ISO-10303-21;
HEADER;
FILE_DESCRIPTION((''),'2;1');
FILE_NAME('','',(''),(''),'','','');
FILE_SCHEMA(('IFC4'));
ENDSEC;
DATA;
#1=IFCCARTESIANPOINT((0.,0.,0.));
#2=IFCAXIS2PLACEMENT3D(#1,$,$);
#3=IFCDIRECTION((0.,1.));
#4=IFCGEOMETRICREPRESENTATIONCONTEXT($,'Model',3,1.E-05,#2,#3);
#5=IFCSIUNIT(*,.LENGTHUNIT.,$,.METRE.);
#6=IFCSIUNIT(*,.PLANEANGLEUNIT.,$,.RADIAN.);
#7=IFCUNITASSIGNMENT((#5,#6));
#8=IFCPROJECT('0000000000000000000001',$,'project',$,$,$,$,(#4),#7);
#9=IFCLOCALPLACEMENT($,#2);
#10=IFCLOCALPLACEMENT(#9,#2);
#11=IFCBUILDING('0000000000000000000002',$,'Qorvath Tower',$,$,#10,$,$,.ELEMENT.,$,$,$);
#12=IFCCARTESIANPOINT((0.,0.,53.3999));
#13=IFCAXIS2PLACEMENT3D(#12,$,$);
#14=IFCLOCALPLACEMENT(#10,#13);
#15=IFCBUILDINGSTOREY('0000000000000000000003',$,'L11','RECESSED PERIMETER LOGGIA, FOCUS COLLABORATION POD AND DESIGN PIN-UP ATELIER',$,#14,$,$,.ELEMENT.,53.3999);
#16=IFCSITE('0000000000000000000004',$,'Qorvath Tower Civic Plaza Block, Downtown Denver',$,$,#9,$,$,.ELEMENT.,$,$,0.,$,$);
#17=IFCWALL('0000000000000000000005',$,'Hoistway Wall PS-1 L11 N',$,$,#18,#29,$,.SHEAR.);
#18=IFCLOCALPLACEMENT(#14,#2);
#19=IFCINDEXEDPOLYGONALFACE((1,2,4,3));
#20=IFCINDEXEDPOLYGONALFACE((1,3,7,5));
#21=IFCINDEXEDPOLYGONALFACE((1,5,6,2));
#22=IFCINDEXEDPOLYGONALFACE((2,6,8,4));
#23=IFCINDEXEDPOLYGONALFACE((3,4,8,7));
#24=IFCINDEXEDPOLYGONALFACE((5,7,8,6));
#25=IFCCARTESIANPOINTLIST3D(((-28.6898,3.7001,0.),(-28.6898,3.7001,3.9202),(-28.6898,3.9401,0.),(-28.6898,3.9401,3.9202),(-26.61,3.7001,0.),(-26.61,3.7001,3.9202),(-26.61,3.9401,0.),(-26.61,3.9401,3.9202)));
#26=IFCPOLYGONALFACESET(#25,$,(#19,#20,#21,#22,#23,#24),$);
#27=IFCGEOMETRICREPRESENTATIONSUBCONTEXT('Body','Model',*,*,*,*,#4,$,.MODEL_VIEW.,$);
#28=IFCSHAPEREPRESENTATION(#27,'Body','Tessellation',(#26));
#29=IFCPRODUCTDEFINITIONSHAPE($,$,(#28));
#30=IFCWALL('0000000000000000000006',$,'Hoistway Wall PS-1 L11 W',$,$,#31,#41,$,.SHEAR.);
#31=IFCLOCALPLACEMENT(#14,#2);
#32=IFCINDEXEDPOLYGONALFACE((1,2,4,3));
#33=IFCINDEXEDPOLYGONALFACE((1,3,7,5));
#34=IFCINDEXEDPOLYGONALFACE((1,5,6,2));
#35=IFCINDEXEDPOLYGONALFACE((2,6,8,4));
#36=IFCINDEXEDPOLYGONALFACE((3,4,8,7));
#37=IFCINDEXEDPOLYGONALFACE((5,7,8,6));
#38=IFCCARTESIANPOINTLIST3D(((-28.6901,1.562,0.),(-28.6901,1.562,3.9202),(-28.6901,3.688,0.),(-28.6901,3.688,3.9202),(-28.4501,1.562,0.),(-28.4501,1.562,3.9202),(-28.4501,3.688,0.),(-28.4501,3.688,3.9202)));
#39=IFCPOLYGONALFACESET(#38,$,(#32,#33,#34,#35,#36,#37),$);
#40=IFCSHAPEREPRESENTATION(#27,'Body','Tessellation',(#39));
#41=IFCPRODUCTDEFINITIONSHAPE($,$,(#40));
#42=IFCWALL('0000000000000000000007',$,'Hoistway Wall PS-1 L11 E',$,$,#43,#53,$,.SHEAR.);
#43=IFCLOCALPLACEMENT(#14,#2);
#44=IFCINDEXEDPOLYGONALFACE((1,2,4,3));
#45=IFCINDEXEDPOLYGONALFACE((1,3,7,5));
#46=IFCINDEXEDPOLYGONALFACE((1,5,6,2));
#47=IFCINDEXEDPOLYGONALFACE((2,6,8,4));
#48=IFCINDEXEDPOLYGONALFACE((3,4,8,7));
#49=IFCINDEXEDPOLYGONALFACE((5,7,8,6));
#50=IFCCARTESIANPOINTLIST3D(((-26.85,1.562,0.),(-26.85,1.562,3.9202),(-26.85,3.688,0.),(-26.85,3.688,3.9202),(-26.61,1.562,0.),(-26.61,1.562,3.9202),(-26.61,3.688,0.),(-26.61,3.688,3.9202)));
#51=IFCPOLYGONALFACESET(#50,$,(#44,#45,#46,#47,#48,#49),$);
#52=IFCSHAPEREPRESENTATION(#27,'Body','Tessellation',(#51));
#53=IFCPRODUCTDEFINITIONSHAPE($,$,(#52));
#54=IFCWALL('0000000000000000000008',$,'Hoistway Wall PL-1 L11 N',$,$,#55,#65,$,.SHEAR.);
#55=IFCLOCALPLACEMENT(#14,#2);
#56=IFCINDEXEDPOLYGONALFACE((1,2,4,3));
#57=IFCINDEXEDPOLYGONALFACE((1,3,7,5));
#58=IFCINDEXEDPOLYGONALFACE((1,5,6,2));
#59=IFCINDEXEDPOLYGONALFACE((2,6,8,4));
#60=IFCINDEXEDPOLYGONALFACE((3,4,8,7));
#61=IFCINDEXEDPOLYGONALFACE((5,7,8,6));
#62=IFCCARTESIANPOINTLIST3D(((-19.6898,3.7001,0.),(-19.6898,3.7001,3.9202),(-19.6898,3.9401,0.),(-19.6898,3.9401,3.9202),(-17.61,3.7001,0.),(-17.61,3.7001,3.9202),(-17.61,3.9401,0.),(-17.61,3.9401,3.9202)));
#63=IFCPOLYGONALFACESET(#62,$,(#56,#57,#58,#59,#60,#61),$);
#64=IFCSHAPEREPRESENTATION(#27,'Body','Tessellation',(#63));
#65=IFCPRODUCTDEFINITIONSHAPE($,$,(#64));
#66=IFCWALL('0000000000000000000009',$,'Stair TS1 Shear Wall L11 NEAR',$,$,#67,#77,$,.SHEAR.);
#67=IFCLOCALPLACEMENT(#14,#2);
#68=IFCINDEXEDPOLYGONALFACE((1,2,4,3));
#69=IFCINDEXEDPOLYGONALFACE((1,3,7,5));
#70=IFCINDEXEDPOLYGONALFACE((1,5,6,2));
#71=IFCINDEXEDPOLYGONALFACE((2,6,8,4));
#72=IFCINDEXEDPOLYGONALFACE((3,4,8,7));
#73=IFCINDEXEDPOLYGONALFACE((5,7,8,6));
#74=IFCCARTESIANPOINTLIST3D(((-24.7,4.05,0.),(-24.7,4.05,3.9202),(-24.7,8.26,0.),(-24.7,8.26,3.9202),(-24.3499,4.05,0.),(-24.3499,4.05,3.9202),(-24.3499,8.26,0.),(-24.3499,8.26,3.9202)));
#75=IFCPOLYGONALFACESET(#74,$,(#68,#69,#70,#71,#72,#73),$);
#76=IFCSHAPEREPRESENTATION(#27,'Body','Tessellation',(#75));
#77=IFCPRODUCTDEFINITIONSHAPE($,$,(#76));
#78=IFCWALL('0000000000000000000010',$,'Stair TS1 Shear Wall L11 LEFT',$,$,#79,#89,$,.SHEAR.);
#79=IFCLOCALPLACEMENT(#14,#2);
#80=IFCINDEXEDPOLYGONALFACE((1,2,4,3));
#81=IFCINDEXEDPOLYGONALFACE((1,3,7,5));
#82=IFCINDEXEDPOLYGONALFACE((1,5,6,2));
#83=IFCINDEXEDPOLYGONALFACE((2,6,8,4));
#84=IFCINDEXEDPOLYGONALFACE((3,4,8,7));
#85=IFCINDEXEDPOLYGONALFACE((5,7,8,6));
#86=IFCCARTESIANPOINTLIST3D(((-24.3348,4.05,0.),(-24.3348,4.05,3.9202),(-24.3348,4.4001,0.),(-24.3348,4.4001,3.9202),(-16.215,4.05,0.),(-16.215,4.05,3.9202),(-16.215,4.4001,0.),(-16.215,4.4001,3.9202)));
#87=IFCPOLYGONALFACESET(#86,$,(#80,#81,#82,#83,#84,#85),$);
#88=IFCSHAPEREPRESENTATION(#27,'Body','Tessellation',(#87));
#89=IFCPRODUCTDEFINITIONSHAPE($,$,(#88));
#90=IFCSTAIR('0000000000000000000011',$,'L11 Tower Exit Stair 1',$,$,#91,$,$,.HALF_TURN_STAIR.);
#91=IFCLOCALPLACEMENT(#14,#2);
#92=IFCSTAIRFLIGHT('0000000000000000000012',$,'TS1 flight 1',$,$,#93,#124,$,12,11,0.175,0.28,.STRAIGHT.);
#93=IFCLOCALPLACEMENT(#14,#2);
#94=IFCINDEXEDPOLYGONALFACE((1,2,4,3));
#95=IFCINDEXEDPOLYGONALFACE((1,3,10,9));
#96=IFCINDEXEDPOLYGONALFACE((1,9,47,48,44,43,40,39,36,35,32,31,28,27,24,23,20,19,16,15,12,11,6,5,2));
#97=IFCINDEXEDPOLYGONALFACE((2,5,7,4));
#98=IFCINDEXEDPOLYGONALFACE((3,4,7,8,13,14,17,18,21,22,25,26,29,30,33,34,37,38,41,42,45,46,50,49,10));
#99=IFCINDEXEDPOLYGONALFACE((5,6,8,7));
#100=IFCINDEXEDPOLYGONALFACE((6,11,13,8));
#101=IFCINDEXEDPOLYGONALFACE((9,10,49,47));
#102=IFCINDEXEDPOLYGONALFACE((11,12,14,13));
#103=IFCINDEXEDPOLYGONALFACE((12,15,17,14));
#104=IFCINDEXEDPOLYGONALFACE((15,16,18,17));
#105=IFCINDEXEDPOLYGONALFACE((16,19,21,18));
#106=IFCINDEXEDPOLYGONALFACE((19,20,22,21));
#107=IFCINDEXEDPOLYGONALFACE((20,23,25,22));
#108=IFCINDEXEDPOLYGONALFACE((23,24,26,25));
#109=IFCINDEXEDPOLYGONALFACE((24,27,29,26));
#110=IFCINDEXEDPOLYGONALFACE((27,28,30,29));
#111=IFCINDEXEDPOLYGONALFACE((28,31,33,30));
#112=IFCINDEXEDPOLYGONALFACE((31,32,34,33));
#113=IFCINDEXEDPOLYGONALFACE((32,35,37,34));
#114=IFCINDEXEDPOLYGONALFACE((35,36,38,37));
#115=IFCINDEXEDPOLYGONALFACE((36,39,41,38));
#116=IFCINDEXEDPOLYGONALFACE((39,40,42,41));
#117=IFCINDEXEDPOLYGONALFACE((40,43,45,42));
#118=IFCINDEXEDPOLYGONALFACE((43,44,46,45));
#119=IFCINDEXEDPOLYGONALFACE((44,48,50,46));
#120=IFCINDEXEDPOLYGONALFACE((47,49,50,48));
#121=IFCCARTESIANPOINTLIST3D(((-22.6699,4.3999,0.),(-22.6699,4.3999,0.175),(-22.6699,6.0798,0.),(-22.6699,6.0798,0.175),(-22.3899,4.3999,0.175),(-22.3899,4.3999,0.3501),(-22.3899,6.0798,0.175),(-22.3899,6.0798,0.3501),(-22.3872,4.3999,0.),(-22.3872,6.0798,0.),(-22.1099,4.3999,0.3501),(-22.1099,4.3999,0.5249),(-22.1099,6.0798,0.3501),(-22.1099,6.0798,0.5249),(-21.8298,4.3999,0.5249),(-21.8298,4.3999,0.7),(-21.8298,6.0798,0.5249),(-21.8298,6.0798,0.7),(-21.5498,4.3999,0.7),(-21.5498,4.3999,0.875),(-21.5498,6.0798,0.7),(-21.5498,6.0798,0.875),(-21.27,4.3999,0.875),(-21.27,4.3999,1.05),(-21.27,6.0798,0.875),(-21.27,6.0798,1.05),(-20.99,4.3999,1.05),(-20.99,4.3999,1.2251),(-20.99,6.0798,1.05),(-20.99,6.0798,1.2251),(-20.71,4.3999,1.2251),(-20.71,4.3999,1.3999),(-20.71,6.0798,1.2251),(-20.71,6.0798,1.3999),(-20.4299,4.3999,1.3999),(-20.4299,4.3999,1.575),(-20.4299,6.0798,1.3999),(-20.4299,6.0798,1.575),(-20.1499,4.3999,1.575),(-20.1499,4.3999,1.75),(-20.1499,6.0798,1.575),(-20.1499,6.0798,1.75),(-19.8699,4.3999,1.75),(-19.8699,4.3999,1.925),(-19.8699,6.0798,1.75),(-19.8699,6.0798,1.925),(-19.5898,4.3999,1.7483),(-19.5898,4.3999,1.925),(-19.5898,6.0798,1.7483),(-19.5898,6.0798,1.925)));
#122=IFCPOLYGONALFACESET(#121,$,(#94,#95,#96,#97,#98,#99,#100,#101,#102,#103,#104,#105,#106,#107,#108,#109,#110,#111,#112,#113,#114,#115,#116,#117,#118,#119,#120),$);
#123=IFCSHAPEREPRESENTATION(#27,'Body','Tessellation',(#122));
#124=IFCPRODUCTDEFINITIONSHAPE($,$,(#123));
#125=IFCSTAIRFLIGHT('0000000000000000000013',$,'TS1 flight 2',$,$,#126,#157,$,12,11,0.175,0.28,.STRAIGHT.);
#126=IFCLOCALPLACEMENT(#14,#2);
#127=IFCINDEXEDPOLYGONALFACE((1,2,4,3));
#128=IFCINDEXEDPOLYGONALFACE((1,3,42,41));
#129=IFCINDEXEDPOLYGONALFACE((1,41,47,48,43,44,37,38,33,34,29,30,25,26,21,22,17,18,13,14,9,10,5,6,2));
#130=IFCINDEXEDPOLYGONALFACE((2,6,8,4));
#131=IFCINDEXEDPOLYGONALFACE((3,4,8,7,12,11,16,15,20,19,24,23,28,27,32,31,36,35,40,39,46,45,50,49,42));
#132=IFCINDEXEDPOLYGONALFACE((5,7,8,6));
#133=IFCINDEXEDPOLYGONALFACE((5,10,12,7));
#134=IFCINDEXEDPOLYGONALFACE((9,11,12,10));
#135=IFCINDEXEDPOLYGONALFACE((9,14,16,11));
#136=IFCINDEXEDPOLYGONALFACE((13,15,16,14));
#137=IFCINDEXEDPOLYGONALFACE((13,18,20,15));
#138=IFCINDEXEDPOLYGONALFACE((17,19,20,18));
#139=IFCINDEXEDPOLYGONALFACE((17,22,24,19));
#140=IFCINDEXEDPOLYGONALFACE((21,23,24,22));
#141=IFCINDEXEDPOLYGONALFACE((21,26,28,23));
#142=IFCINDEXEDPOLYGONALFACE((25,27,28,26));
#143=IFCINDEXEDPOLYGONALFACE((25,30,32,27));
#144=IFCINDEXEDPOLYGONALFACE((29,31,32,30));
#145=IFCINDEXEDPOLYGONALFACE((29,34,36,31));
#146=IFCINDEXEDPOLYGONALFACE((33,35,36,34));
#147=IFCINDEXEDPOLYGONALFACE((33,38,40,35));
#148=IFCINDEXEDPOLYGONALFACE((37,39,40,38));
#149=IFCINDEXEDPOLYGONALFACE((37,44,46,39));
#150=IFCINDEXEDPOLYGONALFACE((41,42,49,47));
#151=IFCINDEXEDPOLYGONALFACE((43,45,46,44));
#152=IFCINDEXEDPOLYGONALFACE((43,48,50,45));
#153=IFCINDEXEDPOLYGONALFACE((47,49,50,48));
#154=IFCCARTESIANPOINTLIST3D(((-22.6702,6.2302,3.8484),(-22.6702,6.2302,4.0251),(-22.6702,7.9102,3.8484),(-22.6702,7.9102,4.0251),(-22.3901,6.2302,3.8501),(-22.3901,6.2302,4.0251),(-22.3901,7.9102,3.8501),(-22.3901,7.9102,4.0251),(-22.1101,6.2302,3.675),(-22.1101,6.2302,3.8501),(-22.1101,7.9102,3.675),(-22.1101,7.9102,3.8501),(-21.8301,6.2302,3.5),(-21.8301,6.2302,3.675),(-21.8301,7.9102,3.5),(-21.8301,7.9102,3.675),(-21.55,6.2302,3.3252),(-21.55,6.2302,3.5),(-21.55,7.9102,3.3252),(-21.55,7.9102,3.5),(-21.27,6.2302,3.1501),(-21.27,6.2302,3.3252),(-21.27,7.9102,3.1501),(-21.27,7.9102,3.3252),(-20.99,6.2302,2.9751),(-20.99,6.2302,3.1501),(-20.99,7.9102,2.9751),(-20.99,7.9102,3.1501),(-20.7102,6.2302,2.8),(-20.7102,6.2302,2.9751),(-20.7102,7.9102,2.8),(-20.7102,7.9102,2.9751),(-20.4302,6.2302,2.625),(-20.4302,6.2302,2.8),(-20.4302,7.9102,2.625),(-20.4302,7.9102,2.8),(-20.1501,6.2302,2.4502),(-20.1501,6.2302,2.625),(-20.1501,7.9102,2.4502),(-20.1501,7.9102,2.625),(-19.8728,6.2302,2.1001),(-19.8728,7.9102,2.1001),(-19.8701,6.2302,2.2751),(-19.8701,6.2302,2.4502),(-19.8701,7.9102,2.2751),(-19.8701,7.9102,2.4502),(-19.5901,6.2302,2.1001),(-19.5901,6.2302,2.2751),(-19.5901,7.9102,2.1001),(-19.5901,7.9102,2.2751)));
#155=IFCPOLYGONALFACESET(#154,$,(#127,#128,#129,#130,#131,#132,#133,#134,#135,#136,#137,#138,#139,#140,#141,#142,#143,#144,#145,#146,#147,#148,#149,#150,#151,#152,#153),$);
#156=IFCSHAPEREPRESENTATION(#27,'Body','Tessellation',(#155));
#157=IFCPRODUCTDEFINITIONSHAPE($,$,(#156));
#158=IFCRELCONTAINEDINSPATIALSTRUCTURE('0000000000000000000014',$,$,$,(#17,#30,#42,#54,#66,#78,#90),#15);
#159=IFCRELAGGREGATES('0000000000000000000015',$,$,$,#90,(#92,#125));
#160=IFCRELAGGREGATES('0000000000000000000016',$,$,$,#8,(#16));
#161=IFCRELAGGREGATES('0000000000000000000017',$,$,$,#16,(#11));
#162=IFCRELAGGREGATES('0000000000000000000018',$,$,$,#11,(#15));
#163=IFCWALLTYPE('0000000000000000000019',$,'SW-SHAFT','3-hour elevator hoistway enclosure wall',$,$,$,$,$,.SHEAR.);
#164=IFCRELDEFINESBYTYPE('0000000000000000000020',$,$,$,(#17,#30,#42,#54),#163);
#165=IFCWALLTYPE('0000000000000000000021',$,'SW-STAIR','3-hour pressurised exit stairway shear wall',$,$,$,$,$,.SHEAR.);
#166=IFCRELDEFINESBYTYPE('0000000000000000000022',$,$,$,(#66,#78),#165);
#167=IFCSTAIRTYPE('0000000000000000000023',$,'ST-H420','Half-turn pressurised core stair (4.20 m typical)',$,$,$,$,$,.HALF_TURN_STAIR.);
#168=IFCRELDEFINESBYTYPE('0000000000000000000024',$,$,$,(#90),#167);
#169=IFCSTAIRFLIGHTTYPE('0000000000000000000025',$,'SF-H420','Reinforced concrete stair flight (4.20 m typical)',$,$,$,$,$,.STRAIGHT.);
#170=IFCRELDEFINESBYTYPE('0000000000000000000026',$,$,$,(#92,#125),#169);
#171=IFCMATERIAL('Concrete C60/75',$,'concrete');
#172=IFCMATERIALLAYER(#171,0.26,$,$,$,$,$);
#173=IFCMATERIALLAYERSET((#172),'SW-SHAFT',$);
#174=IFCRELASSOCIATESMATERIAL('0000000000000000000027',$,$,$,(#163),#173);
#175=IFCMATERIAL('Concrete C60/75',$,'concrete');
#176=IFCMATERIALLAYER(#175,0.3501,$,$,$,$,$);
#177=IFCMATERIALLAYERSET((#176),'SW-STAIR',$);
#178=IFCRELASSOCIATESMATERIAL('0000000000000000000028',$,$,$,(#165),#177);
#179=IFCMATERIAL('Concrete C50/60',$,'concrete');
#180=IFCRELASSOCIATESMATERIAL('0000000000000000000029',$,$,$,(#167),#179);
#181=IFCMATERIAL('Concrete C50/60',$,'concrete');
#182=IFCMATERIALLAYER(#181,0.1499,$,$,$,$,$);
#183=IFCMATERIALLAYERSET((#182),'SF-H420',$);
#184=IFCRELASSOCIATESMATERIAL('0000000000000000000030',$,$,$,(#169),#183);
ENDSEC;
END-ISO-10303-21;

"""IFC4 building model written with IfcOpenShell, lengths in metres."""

from ifc_helpers import new_model, si_unit, direction, frame, frame_2d, origin, place, context, subcontext, project, spatial, polyline, rectangle, outline, extrude, material, layer, layer_set, type_object, element, aggregate, save


model = new_model("IFC4")

# Units and contexts
model_context = context("Model", 3, precision=1e-05, world=origin(), true_north=direction((0.0, 1.0)))
body_context = subcontext(model_context, "Body", "Model", "MODEL_VIEW")
ifc_project = project(units=[si_unit("LENGTHUNIT", "METRE"), si_unit("PLANEANGLEUNIT", "RADIAN")], contexts=[model_context])

# Site, building, storey
site_placement = place(None, origin())
site = spatial("IfcSite", under=ifc_project, at=site_placement, Name="Qorvath Tower Civic Plaza Block, Downtown Denver", CompositionType="ELEMENT", RefElevation=0.0)
building_placement = place(site_placement, origin())
building = spatial("IfcBuilding", under=site, at=building_placement, Name="Qorvath Tower", CompositionType="ELEMENT")
storey_placement = place(building_placement, frame((0.0, 0.0, 53.3999)))
storey = spatial("IfcBuildingStorey", under=building, at=storey_placement, Name="L11", Description="RECESSED PERIMETER LOGGIA, FOCUS COLLABORATION POD AND DESIGN PIN-UP ATELIER", CompositionType="ELEMENT", Elevation=53.3999)

# Shared definitions
ifc_material_1 = material(Name="Concrete C60/75", Category="concrete")
ifc_layer_1 = layer(ifc_material_1, 0.26)
ifc_layer_set_1 = layer_set([ifc_layer_1], Name="SW-SHAFT")
wall_type_1 = type_object("IfcWallType", Name="SW-SHAFT", Description="3-hour elevator hoistway enclosure wall", PredefinedType="SHEAR", material=ifc_layer_set_1)

# Walls
for number, where, z_axis, x_axis, name in (
    (1, (-28.6899, 3.8201, 0.0), (0.0, 0.0, 1.0), (1.0, 0.0, 0.0), "Hoistway Wall PS-1 L11 N"),
):
    element("IfcWall", number, at=place(storey_placement, frame(where, z_axis=z_axis, x_axis=x_axis)), inside=storey, type_object=wall_type_1, Name=name, PredefinedType="SHEAR", context=body_context, shape_type="SweptSolid", body=[
        extrude(rectangle(XDim=2.0798, YDim=0.24, at=frame_2d((1.04, 0.0))), origin(), (0.0, 0.0, 1.0), 3.9202),
    ])
for number, where, z_axis, x_axis, name in (
    (2, (-28.5701, 1.562, 0.0), (0.0, 0.0, 1.0), (0.0, 1.0, 0.0), "Hoistway Wall PS-1 L11 W"),
    (3, (-26.73, 3.688, 0.0), (0.0, 0.0, 1.0), (0.0, -1.0, 0.0), "Hoistway Wall PS-1 L11 E"),
):
    element("IfcWall", number, at=place(storey_placement, frame(where, z_axis=z_axis, x_axis=x_axis)), inside=storey, type_object=wall_type_1, Name=name, PredefinedType="SHEAR", context=body_context, shape_type="SweptSolid", body=[
        extrude(rectangle(XDim=2.126, YDim=0.24, at=frame_2d((1.063, 0.0))), origin(), (0.0, 0.0, 1.0), 3.9202),
    ])
wall_1_placement = place(storey_placement, frame((-19.6899, 3.8201, 0.0), z_axis=(0.0, 0.0, 1.0), x_axis=(1.0, 0.0, 0.0)))
element("IfcWall", 4, at=wall_1_placement, inside=storey, type_object=wall_type_1, Name="Hoistway Wall PL-1 L11 N", PredefinedType="SHEAR", context=body_context, shape_type="SweptSolid", body=[
    extrude(rectangle(XDim=2.0798, YDim=0.24, at=frame_2d((1.04, 0.0))), origin(), (0.0, 0.0, 1.0), 3.9202),
])
ifc_material_2 = material(Name="Concrete C60/75", Category="concrete")
ifc_layer_2 = layer(ifc_material_2, 0.3501)
ifc_layer_set_2 = layer_set([ifc_layer_2], Name="SW-STAIR")
wall_type_2 = type_object("IfcWallType", Name="SW-STAIR", Description="3-hour pressurised exit stairway shear wall", PredefinedType="SHEAR", material=ifc_layer_set_2)
wall_2_placement = place(storey_placement, frame((-24.5249, 8.26, 0.0), z_axis=(0.0, 0.0, 1.0), x_axis=(0.0, -1.0, 0.0)))
element("IfcWall", 5, at=wall_2_placement, inside=storey, type_object=wall_type_2, Name="Stair TS1 Shear Wall L11 NEAR", PredefinedType="SHEAR", context=body_context, shape_type="SweptSolid", body=[
    extrude(rectangle(XDim=4.21, YDim=0.3501, at=frame_2d((2.105, 0.0))), origin(), (0.0, 0.0, 1.0), 3.9202),
])
wall_3_placement = place(storey_placement, frame((-24.335, 4.2251, 0.0), z_axis=(0.0, 0.0, 1.0), x_axis=(1.0, 0.0, 0.0)))
element("IfcWall", 6, at=wall_3_placement, inside=storey, type_object=wall_type_2, Name="Stair TS1 Shear Wall L11 LEFT", PredefinedType="SHEAR", context=body_context, shape_type="SweptSolid", body=[
    extrude(rectangle(XDim=8.1199, YDim=0.3501, at=frame_2d((4.0601, 0.0))), origin(), (0.0, 0.0, 1.0), 3.9202),
])

# Stair, stair flights
ifc_material_3 = material(Name="Concrete C50/60", Category="concrete")
stair_type = type_object("IfcStairType", Name="ST-H420", Description="Half-turn pressurised core stair (4.20 m typical)", PredefinedType="HALF_TURN_STAIR", material=ifc_material_3)
stair_placement = place(storey_placement, origin())
stair = element("IfcStair", 7, at=stair_placement, inside=storey, type_object=stair_type, Name="L11 Tower Exit Stair 1", PredefinedType="HALF_TURN_STAIR")
ifc_material_4 = material(Name="Concrete C50/60", Category="concrete")
ifc_layer_3 = layer(ifc_material_4, 0.1499)
ifc_layer_set_3 = layer_set([ifc_layer_3], Name="SF-H420")
stair_flight_type = type_object("IfcStairFlightType", Name="SF-H420", Description="Reinforced concrete stair flight (4.20 m typical)", PredefinedType="STRAIGHT", material=ifc_layer_set_3)
stair_flight_1_placement = place(storey_placement, frame((-22.6699, 5.24, 0.0), z_axis=(0.0, 0.0, 1.0), x_axis=(1.0, 0.0, 0.0)))
stair_flight_1 = element("IfcStairFlight", 8, at=stair_flight_1_placement, type_object=stair_flight_type, Name="TS1 flight 1", NumberOfRisers=12, NumberOfTreads=11, PredefinedType="STRAIGHT", RiserHeight=0.175, TreadLength=0.28, context=body_context, shape_type="SweptSolid", body=[
    extrude(outline(polyline([(0.0, 0.0), (0.0, 0.175), (0.28, 0.175), (0.28, 0.3501), (0.5601, 0.3501), (0.5601, 0.5249), (0.8401, 0.5249), (0.8401, 0.7), (1.1201, 0.7), (1.1201, 0.875), (1.3999, 0.875), (1.3999, 1.05), (1.6799, 1.05), (1.6799, 1.2251), (1.96, 1.2251), (1.96, 1.3999), (2.24, 1.3999), (2.24, 1.575), (2.52, 1.575), (2.52, 1.75), (2.8, 1.75), (2.8, 1.925), (3.0801, 1.925), (3.0801, 2.1001), (3.0801, 1.7483), (0.2827, 0.0), (0.0, 0.0)])), frame((0.0, 0.8398, 0.0), z_axis=(0.0, -1.0, 0.0), x_axis=(1.0, 0.0, 0.0)), (0.0, 0.0, 1.0), 1.6799),
])
stair_flight_2_placement = place(storey_placement, frame((-19.5901, 7.0701, 2.1001), z_axis=(0.0, 0.0, 1.0), x_axis=(-1.0, 0.0, 0.0)))
stair_flight_2 = element("IfcStairFlight", 9, at=stair_flight_2_placement, type_object=stair_flight_type, Name="TS1 flight 2", NumberOfRisers=12, NumberOfTreads=11, PredefinedType="STRAIGHT", RiserHeight=0.175, TreadLength=0.28, context=body_context, shape_type="SweptSolid", body=[
    extrude(outline(polyline([(0.0, 0.0), (0.0, 0.175), (0.28, 0.175), (0.28, 0.3501), (0.5601, 0.3501), (0.5601, 0.5249), (0.8401, 0.5249), (0.8401, 0.7), (1.1201, 0.7), (1.1201, 0.875), (1.3999, 0.875), (1.3999, 1.05), (1.6799, 1.05), (1.6799, 1.2251), (1.96, 1.2251), (1.96, 1.3999), (2.24, 1.3999), (2.24, 1.575), (2.52, 1.575), (2.52, 1.75), (2.8, 1.75), (2.8, 1.925), (3.0801, 1.925), (3.0801, 2.1001), (3.0801, 1.7483), (0.2827, 0.0), (0.0, 0.0)])), frame((0.0, 0.8398, 0.0), z_axis=(0.0, -1.0, 0.0), x_axis=(1.0, 0.0, 0.0)), (0.0, 0.0, 1.0), 1.6799),
])
aggregate(stair, [stair_flight_1, stair_flight_2])

save(model, "model.ifc")
